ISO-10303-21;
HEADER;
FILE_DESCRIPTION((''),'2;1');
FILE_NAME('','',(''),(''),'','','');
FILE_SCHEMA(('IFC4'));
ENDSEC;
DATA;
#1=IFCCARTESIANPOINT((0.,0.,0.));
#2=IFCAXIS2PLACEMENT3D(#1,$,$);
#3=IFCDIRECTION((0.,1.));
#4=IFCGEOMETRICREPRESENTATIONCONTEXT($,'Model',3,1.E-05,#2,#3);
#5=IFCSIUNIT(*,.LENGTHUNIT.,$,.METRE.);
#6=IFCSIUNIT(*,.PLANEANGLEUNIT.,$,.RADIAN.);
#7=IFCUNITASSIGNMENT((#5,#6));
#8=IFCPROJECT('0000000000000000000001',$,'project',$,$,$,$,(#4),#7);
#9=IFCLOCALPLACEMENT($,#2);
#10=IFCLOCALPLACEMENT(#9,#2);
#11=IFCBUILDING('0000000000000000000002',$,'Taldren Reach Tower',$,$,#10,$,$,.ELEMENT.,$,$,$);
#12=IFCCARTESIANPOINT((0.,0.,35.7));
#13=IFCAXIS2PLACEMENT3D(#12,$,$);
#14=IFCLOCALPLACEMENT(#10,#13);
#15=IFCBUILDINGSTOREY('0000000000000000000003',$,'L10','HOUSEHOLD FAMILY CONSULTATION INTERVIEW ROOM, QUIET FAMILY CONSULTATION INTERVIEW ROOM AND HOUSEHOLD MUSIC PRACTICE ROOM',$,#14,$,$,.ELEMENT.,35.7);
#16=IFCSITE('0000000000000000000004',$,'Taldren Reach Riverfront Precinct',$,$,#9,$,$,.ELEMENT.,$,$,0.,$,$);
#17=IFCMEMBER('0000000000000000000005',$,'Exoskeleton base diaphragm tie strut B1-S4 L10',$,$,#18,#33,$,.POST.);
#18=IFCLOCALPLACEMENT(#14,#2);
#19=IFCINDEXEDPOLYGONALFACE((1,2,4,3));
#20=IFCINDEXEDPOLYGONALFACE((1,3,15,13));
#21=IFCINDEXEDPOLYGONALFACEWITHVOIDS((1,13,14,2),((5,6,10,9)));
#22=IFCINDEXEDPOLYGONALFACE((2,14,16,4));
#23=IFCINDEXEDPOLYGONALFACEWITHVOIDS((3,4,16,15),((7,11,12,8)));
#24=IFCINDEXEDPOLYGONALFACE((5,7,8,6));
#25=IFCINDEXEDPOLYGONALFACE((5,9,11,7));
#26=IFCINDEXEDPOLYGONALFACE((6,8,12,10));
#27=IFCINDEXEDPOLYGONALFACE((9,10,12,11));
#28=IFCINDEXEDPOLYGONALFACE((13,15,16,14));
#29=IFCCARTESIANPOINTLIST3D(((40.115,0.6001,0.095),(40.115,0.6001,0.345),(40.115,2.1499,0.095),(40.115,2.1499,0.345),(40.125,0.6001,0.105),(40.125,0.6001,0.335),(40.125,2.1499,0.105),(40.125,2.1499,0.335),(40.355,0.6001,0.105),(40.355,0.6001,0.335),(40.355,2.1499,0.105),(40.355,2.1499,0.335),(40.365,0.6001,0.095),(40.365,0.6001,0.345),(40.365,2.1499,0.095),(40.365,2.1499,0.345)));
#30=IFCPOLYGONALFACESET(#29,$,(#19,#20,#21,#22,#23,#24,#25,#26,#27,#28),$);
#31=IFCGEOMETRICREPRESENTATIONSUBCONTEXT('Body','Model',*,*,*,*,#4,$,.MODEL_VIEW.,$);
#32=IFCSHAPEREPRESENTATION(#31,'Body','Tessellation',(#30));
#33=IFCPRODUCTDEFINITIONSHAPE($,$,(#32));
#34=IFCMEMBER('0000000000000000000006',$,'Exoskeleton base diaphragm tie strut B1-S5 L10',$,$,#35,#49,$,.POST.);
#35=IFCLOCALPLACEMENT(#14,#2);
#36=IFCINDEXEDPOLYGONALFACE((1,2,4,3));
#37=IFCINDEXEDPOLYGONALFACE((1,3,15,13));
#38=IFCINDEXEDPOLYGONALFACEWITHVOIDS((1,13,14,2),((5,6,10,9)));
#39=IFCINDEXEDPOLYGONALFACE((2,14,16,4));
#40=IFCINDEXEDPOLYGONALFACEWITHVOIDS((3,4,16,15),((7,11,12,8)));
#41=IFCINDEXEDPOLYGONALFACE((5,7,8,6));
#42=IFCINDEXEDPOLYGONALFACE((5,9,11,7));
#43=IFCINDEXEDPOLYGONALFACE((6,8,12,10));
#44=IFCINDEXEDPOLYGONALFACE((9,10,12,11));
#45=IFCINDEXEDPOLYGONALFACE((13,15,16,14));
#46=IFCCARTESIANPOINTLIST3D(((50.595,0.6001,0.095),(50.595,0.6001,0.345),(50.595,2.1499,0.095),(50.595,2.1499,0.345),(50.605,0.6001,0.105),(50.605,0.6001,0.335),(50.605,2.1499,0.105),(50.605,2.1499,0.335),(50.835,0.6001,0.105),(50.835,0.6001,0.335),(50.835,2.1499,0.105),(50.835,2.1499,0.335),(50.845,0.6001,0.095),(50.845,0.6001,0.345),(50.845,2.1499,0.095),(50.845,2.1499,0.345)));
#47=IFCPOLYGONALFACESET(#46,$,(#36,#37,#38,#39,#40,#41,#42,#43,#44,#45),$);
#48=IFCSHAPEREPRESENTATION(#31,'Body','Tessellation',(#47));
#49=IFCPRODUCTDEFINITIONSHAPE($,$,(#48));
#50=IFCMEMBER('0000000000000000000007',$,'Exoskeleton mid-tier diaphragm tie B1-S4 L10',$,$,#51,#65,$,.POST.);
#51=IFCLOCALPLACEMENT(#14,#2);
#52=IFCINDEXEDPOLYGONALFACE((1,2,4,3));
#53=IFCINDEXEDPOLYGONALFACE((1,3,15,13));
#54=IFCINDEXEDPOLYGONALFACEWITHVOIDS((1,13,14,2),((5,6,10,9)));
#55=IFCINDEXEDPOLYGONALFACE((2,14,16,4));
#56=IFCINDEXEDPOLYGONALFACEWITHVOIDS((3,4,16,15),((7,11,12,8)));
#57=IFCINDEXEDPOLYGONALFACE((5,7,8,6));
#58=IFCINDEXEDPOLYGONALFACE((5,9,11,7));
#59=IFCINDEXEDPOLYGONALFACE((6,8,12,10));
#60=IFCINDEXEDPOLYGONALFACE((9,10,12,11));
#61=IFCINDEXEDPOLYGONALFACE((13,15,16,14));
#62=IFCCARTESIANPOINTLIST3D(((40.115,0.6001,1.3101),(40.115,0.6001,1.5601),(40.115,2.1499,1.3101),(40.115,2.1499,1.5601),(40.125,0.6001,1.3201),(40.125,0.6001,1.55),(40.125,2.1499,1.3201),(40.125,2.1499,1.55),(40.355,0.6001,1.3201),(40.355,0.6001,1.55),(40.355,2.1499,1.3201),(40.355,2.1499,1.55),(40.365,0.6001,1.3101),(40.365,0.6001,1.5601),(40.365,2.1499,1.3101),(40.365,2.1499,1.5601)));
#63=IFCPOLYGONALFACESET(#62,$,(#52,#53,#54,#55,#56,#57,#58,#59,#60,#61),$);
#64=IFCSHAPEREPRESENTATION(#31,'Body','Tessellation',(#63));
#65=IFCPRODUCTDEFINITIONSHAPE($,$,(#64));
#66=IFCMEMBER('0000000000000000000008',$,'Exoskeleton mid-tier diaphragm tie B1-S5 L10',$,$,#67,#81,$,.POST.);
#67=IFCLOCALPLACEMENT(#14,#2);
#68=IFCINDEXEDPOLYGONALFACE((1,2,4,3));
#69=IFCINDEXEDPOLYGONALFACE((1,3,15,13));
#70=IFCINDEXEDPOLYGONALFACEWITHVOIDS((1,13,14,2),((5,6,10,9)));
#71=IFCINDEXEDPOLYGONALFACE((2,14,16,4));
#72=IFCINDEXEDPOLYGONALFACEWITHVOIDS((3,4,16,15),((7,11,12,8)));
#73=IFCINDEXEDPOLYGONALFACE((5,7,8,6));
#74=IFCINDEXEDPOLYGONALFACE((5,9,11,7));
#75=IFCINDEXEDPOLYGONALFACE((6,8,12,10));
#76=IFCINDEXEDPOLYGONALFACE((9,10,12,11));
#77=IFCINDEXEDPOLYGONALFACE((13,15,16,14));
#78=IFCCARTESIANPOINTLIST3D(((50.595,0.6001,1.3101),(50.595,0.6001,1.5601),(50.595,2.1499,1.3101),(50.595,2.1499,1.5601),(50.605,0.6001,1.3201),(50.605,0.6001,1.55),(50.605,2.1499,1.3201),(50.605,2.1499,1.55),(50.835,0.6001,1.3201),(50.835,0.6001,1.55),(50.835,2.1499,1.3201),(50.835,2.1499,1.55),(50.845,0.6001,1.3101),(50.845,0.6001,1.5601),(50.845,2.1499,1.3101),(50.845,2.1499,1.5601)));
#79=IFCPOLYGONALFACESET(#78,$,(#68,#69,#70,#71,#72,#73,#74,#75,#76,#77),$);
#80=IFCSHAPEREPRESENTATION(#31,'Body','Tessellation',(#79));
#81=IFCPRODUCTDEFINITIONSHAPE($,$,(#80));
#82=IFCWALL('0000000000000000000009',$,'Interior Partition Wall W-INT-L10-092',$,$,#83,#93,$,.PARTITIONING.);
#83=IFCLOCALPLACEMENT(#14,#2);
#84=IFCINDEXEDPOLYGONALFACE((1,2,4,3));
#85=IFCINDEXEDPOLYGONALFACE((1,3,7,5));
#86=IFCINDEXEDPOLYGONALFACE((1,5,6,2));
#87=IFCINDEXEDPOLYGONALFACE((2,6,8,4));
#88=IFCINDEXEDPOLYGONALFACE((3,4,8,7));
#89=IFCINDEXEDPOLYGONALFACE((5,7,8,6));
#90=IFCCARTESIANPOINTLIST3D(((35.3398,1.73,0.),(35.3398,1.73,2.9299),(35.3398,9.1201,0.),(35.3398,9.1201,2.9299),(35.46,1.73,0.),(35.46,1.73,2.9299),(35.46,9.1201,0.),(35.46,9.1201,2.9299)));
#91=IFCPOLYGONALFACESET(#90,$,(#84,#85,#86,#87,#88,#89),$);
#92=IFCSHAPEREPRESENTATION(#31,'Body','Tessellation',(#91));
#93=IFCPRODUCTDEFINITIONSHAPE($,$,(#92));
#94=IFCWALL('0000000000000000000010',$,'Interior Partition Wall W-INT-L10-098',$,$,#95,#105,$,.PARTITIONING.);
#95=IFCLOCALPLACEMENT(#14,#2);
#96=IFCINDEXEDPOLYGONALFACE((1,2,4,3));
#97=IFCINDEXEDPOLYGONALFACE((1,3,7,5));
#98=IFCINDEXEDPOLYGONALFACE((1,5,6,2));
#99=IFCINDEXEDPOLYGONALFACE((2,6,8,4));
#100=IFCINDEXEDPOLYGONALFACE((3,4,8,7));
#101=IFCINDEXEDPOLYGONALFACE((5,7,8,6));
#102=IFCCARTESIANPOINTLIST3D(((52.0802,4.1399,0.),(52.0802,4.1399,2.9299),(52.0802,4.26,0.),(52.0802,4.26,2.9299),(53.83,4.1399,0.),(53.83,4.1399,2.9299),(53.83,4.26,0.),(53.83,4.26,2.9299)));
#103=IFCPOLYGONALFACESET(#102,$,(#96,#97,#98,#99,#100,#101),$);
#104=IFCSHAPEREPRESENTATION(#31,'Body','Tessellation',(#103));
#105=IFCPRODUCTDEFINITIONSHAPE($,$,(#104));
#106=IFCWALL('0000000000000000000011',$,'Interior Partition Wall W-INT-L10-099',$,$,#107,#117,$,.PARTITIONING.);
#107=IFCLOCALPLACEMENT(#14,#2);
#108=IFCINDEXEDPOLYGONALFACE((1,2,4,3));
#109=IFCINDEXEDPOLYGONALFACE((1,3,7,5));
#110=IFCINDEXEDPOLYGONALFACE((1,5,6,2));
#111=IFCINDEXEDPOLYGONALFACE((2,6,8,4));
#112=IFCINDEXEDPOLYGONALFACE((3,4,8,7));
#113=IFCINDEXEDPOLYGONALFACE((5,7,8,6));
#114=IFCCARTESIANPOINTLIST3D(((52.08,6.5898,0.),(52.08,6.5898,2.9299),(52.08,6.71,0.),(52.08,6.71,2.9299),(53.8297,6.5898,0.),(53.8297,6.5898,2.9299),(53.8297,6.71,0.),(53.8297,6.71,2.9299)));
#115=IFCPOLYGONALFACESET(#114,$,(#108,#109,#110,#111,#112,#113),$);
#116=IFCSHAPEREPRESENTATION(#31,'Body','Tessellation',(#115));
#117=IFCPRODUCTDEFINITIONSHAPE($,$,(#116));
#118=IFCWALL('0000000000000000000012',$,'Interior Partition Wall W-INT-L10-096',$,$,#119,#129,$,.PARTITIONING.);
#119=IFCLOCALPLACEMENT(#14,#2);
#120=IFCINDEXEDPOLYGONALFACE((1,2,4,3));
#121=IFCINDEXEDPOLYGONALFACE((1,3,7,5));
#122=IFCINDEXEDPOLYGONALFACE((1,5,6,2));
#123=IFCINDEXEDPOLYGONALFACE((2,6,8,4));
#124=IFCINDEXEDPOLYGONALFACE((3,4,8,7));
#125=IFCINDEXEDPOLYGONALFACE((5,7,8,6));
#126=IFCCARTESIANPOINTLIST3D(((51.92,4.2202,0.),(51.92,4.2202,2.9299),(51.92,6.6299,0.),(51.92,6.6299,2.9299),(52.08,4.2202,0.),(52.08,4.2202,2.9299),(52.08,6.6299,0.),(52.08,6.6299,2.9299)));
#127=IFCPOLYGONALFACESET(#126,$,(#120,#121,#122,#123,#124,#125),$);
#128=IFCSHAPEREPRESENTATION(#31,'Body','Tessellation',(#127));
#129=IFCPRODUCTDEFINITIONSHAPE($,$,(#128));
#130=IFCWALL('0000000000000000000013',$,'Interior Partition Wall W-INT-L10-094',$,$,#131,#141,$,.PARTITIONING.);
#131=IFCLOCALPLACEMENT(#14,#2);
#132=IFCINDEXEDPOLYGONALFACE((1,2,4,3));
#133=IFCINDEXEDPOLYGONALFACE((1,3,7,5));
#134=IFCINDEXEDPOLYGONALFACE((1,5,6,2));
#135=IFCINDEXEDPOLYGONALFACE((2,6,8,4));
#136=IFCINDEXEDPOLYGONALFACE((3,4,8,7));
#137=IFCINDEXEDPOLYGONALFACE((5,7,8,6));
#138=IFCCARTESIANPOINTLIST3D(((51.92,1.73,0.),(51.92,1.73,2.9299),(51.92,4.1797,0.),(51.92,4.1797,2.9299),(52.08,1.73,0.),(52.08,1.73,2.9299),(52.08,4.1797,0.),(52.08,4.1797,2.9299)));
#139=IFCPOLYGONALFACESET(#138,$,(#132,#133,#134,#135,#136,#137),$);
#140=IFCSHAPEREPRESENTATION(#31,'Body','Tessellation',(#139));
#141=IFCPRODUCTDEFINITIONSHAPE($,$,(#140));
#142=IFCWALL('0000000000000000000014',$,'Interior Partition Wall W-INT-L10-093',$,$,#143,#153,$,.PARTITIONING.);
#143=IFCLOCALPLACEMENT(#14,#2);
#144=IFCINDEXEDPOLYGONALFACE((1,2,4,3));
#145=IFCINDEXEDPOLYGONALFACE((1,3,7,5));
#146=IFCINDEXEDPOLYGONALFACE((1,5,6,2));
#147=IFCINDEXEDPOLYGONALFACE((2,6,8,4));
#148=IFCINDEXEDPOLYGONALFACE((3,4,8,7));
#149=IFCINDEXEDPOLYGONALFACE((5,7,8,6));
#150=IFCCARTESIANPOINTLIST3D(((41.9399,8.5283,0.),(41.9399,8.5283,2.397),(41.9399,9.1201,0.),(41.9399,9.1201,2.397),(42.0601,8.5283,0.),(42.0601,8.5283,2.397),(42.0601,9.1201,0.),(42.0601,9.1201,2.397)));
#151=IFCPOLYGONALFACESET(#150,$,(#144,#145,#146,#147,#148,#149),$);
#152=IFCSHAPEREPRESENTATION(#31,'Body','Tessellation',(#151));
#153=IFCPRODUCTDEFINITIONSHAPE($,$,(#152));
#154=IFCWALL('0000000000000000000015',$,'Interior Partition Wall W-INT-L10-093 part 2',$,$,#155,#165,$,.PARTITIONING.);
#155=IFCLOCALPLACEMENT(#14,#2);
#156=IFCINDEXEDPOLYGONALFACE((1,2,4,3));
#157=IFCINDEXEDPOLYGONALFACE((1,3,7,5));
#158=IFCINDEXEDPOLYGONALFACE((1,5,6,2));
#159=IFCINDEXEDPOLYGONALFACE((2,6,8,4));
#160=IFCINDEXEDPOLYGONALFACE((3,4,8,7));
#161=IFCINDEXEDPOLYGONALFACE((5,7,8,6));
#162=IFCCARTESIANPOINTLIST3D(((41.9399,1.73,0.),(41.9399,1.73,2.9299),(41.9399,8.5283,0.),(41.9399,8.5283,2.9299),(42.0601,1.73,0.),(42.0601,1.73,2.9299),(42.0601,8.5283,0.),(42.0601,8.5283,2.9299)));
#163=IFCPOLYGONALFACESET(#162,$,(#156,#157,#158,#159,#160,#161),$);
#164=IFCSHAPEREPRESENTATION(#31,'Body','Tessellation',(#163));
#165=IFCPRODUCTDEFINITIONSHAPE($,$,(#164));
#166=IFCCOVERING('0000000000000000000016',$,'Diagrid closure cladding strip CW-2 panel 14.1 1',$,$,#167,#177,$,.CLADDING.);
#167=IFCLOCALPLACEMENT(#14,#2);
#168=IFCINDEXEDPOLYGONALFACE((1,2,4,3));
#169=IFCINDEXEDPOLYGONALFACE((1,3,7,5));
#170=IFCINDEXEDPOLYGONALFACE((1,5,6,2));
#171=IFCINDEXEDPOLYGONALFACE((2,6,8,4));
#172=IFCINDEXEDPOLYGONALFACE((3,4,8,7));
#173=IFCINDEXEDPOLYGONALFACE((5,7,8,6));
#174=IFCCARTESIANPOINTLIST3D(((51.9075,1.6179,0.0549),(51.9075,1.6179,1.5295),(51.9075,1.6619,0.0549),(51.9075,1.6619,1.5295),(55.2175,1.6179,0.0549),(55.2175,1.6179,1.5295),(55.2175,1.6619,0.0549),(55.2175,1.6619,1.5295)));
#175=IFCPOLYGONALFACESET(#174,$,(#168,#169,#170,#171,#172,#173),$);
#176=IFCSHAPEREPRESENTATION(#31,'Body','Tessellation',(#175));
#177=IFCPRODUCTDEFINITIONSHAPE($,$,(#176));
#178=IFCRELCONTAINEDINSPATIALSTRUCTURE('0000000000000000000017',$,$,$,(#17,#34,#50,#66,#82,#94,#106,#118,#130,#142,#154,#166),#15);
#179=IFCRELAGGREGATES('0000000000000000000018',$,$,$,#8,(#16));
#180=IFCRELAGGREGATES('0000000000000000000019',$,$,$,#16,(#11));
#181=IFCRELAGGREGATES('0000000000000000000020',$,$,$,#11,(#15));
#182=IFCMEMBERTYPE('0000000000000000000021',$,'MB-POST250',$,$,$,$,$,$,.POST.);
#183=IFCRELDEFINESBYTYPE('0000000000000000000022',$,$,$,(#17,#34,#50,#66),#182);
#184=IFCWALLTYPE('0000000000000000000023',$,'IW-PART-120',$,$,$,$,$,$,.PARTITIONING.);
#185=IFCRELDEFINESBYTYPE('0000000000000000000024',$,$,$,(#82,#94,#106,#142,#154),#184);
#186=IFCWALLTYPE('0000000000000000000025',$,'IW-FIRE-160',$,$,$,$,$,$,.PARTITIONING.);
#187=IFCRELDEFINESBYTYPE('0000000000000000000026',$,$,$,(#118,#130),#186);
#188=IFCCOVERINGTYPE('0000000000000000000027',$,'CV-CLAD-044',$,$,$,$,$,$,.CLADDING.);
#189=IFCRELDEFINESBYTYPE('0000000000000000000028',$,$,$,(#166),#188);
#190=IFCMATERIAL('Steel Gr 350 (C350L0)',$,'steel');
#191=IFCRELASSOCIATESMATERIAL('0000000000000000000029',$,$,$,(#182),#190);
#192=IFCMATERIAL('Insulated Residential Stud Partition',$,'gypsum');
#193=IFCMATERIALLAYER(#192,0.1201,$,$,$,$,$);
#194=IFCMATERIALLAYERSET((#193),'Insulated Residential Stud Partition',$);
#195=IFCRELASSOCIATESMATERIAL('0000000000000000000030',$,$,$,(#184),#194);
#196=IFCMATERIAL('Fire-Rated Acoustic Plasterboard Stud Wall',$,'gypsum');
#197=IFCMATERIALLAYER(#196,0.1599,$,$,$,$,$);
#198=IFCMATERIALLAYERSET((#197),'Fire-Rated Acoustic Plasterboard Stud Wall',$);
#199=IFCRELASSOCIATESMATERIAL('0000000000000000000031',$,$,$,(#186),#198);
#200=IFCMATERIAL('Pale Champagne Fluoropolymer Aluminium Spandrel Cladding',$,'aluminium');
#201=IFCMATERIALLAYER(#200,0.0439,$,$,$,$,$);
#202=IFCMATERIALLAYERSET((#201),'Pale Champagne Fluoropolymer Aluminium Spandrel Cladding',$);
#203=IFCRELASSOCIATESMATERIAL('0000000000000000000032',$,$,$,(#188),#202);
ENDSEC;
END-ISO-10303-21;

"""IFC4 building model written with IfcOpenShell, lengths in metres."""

from ifc_helpers import new_model, si_unit, direction, frame, frame_2d, origin, origin_2d, place, context, subcontext, project, spatial, rectangle, hollow_rectangle, extrude, source, transform, mapped, material, layer, layer_set, material_profile, profile_set, type_object, element, save


model = new_model("IFC4")

# Units and contexts
model_context = context("Model", 3, precision=1e-05, world=origin(), true_north=direction((0.0, 1.0)))
body_context = subcontext(model_context, "Body", "Model", "MODEL_VIEW")
ifc_project = project(units=[si_unit("LENGTHUNIT", "METRE"), si_unit("PLANEANGLEUNIT", "RADIAN")], contexts=[model_context])

# Site, building, storey
site_placement = place(None, origin())
site = spatial("IfcSite", under=ifc_project, at=site_placement, Name="Taldren Reach Riverfront Precinct", CompositionType="ELEMENT", RefElevation=0.0)
building_placement = place(site_placement, origin())
building = spatial("IfcBuilding", under=site, at=building_placement, Name="Taldren Reach Tower", CompositionType="ELEMENT")
storey_placement = place(building_placement, frame((0.0, 0.0, 35.7)))
storey = spatial("IfcBuildingStorey", under=building, at=storey_placement, Name="L10", Description="HOUSEHOLD FAMILY CONSULTATION INTERVIEW ROOM, QUIET FAMILY CONSULTATION INTERVIEW ROOM AND HOUSEHOLD MUSIC PRACTICE ROOM", CompositionType="ELEMENT", Elevation=35.7)

# Members
ifc_material_1 = material(Name="Steel Gr 350 (C350L0)", Category="steel")
ifc_material_profile_1 = material_profile(ifc_material_1, hollow_rectangle(XDim=0.25, YDim=0.25, WallThickness=0.01, at=origin_2d()), Name="250x250x10.0SHS")
ifc_profile_set_1 = profile_set([ifc_material_profile_1], Name="Steel Gr 350 (C350L0)")
member_type_1 = type_object("IfcMemberType", Name="MB-POST250", PredefinedType="POST", material=ifc_profile_set_1)
shared_shape_1 = source(origin(), body_context, "Body", "SweptSolid", [
    extrude(hollow_rectangle(XDim=0.25, YDim=0.25, WallThickness=0.01, at=origin_2d()), origin(), (0.0, 0.0, 1.0), 1.5498),
])
for number, where, z_axis, x_axis, name in (
    (1, (40.24, 2.1499, 0.22), (0.0, -1.0, 0.0), (1.0, 0.0, 0.0), "Exoskeleton base diaphragm tie strut B1-S4 L10"),
    (2, (50.72, 2.1499, 0.22), (0.0, -1.0, 0.0), (1.0, 0.0, 0.0), "Exoskeleton base diaphragm tie strut B1-S5 L10"),
    (3, (40.24, 2.1499, 1.4351), (0.0, -1.0, 0.0), (1.0, 0.0, 0.0), "Exoskeleton mid-tier diaphragm tie B1-S4 L10"),
    (4, (50.72, 2.1499, 1.4351), (0.0, -1.0, 0.0), (1.0, 0.0, 0.0), "Exoskeleton mid-tier diaphragm tie B1-S5 L10"),
):
    element("IfcMember", number, at=place(storey_placement, frame(where, z_axis=z_axis, x_axis=x_axis)), inside=storey, type_object=member_type_1, Name=name, PredefinedType="POST", context=body_context, shape_type="MappedRepresentation", body=[
        mapped(shared_shape_1, transform((0.0, 0.0, 0.0), scale=1.0)),
    ])

# Walls
ifc_material_2 = material(Name="Insulated Residential Stud Partition", Category="gypsum")
ifc_layer_1 = layer(ifc_material_2, 0.1201)
ifc_layer_set_1 = layer_set([ifc_layer_1], Name="Insulated Residential Stud Partition")
wall_type_1 = type_object("IfcWallType", Name="IW-PART-120", PredefinedType="PARTITIONING", material=ifc_layer_set_1)
shared_shape_2 = source(origin(), body_context, "Body", "SweptSolid", [
    extrude(rectangle(XDim=7.3901, YDim=0.1201, at=frame_2d((3.6951, 0.0))), origin(), (0.0, 0.0, 1.0), 2.9299),
])
wall_1_placement = place(storey_placement, frame((35.3999, 9.1201, 0.0), z_axis=(0.0, 0.0, 1.0), x_axis=(0.0, -1.0, 0.0)))
element("IfcWall", 5, at=wall_1_placement, inside=storey, type_object=wall_type_1, Name="Interior Partition Wall W-INT-L10-092", PredefinedType="PARTITIONING", context=body_context, shape_type="MappedRepresentation", body=[
    mapped(shared_shape_2, transform((0.0, 0.0, 0.0), scale=1.0)),
])
shared_shape_3 = source(origin(), body_context, "Body", "SweptSolid", [
    extrude(rectangle(XDim=1.7498, YDim=0.1201, at=frame_2d((0.875, 0.0))), origin(), (0.0, 0.0, 1.0), 2.9299),
])
for number, where, z_axis, x_axis, name in (
    (6, (52.0801, 4.2, 0.0), (0.0, 0.0, 1.0), (1.0, 0.0, 0.0), "Interior Partition Wall W-INT-L10-098"),
    (7, (53.8298, 6.6499, 0.0), (0.0, 0.0, 1.0), (-1.0, 0.0, 0.0), "Interior Partition Wall W-INT-L10-099"),
):
    element("IfcWall", number, at=place(storey_placement, frame(where, z_axis=z_axis, x_axis=x_axis)), inside=storey, type_object=wall_type_1, Name=name, PredefinedType="PARTITIONING", context=body_context, shape_type="MappedRepresentation", body=[
        mapped(shared_shape_3, transform((0.0, 0.0, 0.0), scale=1.0)),
    ])
ifc_material_3 = material(Name="Fire-Rated Acoustic Plasterboard Stud Wall", Category="gypsum")
ifc_layer_2 = layer(ifc_material_3, 0.1599)
ifc_layer_set_2 = layer_set([ifc_layer_2], Name="Fire-Rated Acoustic Plasterboard Stud Wall")
wall_type_2 = type_object("IfcWallType", Name="IW-FIRE-160", PredefinedType="PARTITIONING", material=ifc_layer_set_2)
shared_shape_4 = source(origin(), body_context, "Body", "SweptSolid", [
    extrude(rectangle(XDim=2.4097, YDim=0.1599, at=frame_2d((1.2048, 0.0))), origin(), (0.0, 0.0, 1.0), 2.9299),
])
wall_2_placement = place(storey_placement, frame((52.0, 6.6299, 0.0), z_axis=(0.0, 0.0, 1.0), x_axis=(0.0, -1.0, 0.0)))
element("IfcWall", 8, at=wall_2_placement, inside=storey, type_object=wall_type_2, Name="Interior Partition Wall W-INT-L10-096", PredefinedType="PARTITIONING", context=body_context, shape_type="MappedRepresentation", body=[
    mapped(shared_shape_4, transform((0.0, 0.0, 0.0), scale=1.0)),
])
shared_shape_5 = source(origin(), body_context, "Body", "SweptSolid", [
    extrude(rectangle(XDim=2.4497, YDim=0.1599, at=frame_2d((1.2249, 0.0))), origin(), (0.0, 0.0, 1.0), 2.9299),
])
wall_3_placement = place(storey_placement, frame((52.0, 4.1797, 0.0), z_axis=(0.0, 0.0, 1.0), x_axis=(0.0, -1.0, 0.0)))
element("IfcWall", 9, at=wall_3_placement, inside=storey, type_object=wall_type_2, Name="Interior Partition Wall W-INT-L10-094", PredefinedType="PARTITIONING", context=body_context, shape_type="MappedRepresentation", body=[
    mapped(shared_shape_5, transform((0.0, 0.0, 0.0), scale=1.0)),
])
shared_shape_6 = source(origin(), body_context, "Body", "SweptSolid", [
    extrude(rectangle(XDim=0.5918, YDim=0.1201, at=frame_2d((0.2959, 0.0))), origin(), (0.0, 0.0, 1.0), 2.397),
])
wall_4_placement = place(storey_placement, frame((42.0, 9.1201, 0.0), z_axis=(0.0, 0.0, 1.0), x_axis=(0.0, -1.0, 0.0)))
element("IfcWall", 10, at=wall_4_placement, inside=storey, type_object=wall_type_1, Name="Interior Partition Wall W-INT-L10-093", PredefinedType="PARTITIONING", context=body_context, shape_type="MappedRepresentation", body=[
    mapped(shared_shape_6, transform((0.0, 0.0, 0.0), scale=1.0)),
])
shared_shape_7 = source(origin(), body_context, "Body", "SweptSolid", [
    extrude(rectangle(XDim=6.7983, YDim=0.1201, at=frame_2d((3.3992, 0.0))), origin(), (0.0, 0.0, 1.0), 2.9299),
])
wall_5_placement = place(storey_placement, frame((42.0, 8.5283, 0.0), z_axis=(0.0, 0.0, 1.0), x_axis=(0.0, -1.0, 0.0)))
element("IfcWall", 11, at=wall_5_placement, inside=storey, type_object=wall_type_1, Name="Interior Partition Wall W-INT-L10-093 part 2", PredefinedType="PARTITIONING", context=body_context, shape_type="MappedRepresentation", body=[
    mapped(shared_shape_7, transform((0.0, 0.0, 0.0), scale=1.0)),
])

# Covering
ifc_material_4 = material(Name="Pale Champagne Fluoropolymer Aluminium Spandrel Cladding", Category="aluminium")
ifc_layer_3 = layer(ifc_material_4, 0.0439)
ifc_layer_set_3 = layer_set([ifc_layer_3], Name="Pale Champagne Fluoropolymer Aluminium Spandrel Cladding")
covering_type = type_object("IfcCoveringType", Name="CV-CLAD-044", PredefinedType="CLADDING", material=ifc_layer_set_3)
shared_shape_8 = source(origin(), body_context, "Body", "SweptSolid", [
    extrude(rectangle(XDim=3.3101, YDim=0.0439, at=origin_2d()), origin(), (0.0, 0.0, 1.0), 1.4746),
])
covering_placement = place(storey_placement, frame((53.5625, 1.6399, 0.0549), z_axis=(0.0, 0.0, 1.0), x_axis=(1.0, 0.0, 0.0)))
element("IfcCovering", 12, at=covering_placement, inside=storey, type_object=covering_type, Name="Diagrid closure cladding strip CW-2 panel 14.1 1", PredefinedType="CLADDING", context=body_context, shape_type="MappedRepresentation", body=[
    mapped(shared_shape_8, transform((0.0, 0.0, 0.0), scale=1.0)),
])

save(model, "model.ifc")
